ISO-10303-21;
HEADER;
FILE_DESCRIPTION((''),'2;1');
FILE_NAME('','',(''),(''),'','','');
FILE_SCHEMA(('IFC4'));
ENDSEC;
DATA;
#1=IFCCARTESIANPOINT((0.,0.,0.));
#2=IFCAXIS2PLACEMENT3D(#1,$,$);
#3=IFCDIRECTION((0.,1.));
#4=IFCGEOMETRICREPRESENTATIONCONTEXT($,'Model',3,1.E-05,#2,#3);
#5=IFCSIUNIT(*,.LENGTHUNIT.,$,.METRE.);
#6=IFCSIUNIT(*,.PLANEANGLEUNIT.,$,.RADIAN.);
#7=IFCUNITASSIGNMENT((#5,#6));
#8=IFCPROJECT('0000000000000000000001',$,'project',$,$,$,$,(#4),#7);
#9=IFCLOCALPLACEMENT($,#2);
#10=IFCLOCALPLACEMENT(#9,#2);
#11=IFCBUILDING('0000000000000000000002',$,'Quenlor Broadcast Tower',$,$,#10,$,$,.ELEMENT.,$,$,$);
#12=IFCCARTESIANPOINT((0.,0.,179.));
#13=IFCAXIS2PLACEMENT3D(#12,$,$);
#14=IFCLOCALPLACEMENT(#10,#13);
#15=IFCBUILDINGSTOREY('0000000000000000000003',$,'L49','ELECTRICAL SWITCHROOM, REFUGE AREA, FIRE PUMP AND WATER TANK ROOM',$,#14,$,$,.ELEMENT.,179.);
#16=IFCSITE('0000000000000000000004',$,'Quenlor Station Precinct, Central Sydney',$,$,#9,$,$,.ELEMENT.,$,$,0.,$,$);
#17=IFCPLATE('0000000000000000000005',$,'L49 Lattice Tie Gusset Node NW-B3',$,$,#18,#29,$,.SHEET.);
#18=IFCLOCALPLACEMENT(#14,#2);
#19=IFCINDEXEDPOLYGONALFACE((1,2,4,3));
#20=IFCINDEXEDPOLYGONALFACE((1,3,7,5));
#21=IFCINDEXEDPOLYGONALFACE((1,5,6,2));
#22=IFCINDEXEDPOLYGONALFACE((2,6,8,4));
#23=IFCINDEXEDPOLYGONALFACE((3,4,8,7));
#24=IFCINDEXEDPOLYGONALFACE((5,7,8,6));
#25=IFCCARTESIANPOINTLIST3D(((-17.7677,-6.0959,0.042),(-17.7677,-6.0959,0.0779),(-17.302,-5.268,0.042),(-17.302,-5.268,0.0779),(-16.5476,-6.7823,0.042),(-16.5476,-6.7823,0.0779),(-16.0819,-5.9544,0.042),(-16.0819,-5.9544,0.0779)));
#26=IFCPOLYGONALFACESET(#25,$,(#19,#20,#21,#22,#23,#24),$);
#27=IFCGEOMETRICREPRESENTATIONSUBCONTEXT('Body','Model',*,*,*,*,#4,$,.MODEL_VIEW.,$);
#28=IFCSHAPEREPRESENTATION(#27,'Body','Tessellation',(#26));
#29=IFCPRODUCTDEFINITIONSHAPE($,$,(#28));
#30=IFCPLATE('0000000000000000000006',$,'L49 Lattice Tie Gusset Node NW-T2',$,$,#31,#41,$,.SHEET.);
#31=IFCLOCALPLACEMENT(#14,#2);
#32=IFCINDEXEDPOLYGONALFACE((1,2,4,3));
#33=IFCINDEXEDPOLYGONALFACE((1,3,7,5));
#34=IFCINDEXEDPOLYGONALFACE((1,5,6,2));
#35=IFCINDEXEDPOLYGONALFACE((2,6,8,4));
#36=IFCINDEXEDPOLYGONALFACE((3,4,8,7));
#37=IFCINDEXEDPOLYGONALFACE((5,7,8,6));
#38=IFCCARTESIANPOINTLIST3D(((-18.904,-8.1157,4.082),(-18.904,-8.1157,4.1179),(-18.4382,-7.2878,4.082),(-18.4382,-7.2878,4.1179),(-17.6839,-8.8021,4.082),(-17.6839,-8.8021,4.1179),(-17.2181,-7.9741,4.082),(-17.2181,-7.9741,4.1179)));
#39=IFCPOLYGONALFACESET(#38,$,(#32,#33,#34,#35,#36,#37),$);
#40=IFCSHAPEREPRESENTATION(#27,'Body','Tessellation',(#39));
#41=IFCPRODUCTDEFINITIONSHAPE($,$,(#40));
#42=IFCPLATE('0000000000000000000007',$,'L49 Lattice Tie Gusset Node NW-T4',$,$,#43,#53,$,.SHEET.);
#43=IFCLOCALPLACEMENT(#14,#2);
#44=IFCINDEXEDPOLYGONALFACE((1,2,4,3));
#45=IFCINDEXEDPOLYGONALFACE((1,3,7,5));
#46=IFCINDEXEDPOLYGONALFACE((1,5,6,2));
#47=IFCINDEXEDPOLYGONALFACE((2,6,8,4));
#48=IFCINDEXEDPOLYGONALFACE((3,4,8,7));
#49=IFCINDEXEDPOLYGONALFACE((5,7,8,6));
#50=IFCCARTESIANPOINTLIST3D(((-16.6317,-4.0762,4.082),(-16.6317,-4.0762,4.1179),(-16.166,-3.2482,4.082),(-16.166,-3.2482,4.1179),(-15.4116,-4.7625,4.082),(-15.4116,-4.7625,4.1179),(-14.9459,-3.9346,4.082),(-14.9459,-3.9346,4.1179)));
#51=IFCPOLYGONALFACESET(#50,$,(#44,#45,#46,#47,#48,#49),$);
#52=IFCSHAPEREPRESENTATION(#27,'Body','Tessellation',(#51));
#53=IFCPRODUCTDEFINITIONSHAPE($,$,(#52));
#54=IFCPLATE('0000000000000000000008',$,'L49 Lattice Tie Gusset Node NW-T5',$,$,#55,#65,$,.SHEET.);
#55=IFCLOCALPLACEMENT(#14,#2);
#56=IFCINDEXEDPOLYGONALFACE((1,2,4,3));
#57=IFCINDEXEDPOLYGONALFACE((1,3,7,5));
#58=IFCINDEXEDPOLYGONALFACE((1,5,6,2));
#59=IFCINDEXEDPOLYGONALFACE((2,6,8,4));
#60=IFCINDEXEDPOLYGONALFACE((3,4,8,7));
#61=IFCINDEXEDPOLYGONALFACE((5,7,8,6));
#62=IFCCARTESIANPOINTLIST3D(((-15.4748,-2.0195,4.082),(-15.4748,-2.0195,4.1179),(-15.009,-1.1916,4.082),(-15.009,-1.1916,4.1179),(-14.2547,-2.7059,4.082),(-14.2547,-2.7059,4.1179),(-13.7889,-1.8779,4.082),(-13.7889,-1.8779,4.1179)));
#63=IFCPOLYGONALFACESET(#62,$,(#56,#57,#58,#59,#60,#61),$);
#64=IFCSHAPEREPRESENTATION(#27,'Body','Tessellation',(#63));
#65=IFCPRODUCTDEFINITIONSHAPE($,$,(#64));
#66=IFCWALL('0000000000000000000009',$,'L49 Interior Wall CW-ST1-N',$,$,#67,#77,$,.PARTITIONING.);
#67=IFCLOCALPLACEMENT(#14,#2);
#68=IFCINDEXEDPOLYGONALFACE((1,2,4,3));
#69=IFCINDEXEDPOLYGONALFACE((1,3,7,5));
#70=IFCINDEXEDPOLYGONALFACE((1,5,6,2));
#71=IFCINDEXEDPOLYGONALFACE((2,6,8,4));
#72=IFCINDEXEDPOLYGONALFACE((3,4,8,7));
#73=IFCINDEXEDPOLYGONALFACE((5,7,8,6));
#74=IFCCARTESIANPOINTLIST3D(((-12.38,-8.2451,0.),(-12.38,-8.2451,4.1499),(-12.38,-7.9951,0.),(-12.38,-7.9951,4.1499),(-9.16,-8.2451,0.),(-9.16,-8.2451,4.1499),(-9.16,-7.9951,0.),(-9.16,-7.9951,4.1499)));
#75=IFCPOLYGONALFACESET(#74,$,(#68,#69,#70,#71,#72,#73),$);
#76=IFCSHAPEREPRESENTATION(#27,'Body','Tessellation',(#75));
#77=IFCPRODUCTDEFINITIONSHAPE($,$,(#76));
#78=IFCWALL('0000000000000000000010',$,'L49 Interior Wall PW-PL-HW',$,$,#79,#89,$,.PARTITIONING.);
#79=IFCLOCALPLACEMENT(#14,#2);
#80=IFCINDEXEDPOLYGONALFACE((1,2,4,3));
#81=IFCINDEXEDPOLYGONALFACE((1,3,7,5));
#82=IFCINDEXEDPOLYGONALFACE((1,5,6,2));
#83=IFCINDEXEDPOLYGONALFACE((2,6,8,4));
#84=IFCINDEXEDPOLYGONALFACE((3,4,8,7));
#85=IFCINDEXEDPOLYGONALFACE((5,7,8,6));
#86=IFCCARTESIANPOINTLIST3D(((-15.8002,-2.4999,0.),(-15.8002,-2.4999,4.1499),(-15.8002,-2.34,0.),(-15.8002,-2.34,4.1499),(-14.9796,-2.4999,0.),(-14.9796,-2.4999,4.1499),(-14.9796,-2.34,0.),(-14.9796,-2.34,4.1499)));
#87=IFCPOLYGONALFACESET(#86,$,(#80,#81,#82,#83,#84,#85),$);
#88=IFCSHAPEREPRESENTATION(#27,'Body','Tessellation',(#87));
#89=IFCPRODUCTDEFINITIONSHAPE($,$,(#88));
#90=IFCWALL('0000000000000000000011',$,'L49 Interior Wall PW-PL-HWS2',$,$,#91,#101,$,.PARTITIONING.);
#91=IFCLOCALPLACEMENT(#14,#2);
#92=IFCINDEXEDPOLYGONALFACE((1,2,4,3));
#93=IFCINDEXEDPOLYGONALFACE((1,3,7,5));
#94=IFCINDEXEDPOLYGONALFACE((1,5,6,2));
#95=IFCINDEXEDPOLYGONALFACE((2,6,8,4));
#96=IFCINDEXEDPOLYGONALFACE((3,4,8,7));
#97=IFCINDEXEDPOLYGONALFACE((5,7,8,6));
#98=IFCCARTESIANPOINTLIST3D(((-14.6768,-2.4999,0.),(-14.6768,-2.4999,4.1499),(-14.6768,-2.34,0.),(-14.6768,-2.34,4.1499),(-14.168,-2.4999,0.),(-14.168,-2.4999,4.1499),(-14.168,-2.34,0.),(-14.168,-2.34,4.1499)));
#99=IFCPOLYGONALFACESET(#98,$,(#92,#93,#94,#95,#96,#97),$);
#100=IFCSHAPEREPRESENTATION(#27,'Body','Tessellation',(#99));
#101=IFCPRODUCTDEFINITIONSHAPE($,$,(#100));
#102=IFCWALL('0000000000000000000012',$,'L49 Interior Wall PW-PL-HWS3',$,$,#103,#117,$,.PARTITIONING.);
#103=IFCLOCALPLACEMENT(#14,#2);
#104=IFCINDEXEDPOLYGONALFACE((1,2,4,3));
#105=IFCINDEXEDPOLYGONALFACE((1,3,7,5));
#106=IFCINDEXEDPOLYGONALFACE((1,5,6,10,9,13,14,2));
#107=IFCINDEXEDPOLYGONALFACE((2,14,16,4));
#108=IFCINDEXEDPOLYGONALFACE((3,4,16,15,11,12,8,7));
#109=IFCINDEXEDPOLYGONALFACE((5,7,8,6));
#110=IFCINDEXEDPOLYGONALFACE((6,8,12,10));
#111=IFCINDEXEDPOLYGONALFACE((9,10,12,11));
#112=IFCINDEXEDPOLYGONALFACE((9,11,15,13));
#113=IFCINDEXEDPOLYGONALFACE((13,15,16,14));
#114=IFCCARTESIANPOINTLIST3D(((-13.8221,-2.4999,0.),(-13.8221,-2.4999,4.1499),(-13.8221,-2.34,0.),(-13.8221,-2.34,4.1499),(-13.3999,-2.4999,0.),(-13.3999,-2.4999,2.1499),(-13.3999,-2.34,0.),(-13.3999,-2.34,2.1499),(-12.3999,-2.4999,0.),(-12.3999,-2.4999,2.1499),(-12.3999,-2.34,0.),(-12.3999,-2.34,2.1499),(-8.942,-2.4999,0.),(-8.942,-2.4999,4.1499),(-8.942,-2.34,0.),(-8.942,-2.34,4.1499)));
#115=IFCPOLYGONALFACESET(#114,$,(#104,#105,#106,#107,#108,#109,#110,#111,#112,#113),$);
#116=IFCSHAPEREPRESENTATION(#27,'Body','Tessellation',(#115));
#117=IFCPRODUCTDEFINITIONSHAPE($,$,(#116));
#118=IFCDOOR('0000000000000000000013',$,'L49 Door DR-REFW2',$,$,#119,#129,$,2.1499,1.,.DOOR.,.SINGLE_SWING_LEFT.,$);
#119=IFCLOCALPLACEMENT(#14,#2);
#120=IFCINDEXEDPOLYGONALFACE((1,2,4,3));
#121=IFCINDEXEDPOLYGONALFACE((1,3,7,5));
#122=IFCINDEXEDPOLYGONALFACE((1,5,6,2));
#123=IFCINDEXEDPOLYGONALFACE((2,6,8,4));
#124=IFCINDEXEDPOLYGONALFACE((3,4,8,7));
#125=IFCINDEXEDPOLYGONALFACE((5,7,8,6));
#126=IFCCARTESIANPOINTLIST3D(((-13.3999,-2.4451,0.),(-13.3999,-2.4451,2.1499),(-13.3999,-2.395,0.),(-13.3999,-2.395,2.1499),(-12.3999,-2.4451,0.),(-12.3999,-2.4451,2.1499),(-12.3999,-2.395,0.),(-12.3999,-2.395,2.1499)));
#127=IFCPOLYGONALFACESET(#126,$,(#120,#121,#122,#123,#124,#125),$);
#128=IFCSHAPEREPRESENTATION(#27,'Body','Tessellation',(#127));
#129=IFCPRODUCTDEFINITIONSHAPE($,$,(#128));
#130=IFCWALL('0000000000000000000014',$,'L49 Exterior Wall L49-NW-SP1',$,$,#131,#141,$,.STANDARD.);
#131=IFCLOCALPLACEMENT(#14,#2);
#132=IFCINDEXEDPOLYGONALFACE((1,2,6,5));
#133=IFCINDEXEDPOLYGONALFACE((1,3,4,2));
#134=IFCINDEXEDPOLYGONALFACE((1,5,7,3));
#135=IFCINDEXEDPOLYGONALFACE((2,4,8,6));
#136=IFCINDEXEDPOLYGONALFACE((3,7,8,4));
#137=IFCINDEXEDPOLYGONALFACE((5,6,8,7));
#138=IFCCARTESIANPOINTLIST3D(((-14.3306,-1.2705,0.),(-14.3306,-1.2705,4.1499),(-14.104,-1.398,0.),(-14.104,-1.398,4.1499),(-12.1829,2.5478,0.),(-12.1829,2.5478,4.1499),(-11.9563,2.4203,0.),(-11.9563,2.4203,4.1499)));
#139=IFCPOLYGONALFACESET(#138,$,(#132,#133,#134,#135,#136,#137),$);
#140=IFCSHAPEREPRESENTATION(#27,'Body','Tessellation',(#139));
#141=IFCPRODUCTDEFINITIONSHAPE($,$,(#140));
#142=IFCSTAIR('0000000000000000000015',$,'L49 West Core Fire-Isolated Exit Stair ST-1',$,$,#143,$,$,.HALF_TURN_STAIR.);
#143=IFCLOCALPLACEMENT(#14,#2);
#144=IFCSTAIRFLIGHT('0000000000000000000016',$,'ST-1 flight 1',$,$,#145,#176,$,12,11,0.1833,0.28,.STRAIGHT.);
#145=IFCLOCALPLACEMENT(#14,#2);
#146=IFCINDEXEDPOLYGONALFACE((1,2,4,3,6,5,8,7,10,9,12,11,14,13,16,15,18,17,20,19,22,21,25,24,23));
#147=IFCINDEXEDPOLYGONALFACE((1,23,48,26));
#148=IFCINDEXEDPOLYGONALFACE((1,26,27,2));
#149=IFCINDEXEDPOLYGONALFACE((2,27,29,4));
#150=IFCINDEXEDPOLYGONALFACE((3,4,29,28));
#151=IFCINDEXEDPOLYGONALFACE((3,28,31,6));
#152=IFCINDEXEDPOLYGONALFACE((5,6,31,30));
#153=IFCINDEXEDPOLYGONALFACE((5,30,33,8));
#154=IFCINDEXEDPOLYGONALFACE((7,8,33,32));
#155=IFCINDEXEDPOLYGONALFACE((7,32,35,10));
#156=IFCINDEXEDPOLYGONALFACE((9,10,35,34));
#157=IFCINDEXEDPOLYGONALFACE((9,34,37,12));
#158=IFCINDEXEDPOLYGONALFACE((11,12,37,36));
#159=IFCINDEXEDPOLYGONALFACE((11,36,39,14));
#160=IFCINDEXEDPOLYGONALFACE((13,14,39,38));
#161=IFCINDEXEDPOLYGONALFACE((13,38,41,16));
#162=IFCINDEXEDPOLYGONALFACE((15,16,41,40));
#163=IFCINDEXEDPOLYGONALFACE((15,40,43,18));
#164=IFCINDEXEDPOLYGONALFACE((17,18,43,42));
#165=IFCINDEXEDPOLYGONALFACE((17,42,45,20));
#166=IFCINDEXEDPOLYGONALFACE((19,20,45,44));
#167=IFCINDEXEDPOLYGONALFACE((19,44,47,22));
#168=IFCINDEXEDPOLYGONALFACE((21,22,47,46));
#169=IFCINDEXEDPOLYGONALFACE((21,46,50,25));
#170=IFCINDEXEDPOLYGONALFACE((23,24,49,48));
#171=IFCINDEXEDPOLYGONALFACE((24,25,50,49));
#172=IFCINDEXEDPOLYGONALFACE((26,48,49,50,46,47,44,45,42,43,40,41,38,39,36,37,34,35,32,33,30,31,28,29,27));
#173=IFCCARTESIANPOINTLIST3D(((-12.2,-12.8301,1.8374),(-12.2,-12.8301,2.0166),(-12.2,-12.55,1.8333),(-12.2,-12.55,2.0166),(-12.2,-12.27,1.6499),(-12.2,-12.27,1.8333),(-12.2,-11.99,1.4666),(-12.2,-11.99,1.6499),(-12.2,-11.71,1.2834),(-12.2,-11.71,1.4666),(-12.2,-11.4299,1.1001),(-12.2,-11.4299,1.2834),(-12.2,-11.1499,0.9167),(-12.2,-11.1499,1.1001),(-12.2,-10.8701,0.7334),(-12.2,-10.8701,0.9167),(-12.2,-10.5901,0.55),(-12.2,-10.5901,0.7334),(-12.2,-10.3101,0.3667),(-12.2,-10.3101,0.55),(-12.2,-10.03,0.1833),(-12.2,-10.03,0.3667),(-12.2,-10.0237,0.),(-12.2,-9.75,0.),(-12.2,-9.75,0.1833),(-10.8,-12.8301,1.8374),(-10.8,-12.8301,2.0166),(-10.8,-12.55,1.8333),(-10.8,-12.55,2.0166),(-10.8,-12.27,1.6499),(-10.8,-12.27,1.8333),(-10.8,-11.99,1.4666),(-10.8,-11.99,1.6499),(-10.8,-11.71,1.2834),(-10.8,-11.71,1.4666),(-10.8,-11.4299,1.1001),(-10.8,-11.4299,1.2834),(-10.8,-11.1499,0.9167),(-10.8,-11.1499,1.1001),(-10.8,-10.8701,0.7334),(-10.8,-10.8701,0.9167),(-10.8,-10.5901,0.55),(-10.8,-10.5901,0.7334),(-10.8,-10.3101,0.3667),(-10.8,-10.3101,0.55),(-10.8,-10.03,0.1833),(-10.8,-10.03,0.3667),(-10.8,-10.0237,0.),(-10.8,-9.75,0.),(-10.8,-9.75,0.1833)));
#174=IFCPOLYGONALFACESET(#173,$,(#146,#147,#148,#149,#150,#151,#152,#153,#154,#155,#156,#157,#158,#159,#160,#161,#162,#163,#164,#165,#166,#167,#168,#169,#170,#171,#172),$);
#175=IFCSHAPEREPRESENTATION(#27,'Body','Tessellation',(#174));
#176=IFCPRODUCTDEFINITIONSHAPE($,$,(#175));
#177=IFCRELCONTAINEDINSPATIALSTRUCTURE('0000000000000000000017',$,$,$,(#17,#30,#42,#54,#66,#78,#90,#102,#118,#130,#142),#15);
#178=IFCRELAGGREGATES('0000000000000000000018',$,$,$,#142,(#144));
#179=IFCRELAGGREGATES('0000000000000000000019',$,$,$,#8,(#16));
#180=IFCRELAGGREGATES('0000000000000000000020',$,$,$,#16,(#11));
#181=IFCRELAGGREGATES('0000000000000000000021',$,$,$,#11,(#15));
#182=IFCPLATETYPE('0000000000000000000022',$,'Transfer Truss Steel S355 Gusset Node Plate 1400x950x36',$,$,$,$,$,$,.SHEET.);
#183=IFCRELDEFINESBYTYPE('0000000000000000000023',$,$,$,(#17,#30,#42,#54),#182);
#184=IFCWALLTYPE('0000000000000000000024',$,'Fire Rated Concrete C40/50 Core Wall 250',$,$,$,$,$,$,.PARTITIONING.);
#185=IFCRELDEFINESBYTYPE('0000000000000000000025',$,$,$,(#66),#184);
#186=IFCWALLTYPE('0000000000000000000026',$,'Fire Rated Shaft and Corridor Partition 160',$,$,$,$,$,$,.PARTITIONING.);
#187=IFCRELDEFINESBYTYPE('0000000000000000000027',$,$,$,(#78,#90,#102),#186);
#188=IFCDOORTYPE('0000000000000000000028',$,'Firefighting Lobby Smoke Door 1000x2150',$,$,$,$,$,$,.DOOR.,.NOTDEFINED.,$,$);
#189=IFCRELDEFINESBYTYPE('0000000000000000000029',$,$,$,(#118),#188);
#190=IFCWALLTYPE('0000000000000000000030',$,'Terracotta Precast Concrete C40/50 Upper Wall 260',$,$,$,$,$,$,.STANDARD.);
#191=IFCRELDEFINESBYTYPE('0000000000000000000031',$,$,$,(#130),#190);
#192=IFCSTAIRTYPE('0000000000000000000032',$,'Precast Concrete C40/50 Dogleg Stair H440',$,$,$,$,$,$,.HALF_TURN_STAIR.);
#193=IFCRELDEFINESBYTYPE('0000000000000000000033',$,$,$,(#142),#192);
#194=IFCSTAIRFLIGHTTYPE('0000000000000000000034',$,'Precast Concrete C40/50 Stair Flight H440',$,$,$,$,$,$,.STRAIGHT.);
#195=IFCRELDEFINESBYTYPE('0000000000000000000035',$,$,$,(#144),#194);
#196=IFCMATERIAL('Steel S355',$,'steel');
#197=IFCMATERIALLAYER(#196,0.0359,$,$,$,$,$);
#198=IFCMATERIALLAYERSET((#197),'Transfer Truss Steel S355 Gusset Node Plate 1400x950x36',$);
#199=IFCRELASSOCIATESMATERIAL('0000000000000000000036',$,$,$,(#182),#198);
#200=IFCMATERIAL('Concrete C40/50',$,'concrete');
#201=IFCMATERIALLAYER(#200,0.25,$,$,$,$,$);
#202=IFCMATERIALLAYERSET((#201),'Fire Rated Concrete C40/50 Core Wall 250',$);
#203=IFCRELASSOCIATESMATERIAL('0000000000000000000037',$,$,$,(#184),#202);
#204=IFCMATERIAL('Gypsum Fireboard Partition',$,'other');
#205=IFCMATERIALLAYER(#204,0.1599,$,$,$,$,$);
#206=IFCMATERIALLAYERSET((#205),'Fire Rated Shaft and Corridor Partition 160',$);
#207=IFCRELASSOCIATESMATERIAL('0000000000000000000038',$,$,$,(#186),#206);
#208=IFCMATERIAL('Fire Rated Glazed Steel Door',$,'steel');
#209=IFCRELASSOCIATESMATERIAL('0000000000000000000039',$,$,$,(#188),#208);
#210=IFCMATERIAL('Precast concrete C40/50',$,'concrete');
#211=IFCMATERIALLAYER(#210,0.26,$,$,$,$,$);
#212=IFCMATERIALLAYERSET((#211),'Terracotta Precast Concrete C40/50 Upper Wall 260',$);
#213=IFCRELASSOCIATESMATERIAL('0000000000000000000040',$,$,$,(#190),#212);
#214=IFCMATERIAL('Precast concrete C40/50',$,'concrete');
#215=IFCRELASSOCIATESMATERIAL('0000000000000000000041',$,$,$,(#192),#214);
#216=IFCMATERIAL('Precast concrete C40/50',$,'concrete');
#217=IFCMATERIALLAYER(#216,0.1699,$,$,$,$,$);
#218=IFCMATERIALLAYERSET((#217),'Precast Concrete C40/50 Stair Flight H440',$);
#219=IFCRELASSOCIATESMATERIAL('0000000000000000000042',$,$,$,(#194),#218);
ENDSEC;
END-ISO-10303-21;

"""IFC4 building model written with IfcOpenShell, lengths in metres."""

from ifc_helpers import new_model, si_unit, direction, frame, frame_2d, origin, origin_2d, place, context, subcontext, project, spatial, polyline, rectangle, outline, extrude, material, layer, layer_set, type_object, element, fill, aggregate, save


model = new_model("IFC4")

# Units and contexts
model_context = context("Model", 3, precision=1e-05, world=origin(), true_north=direction((0.0, 1.0)))
body_context = subcontext(model_context, "Body", "Model", "MODEL_VIEW")
ifc_project = project(units=[si_unit("LENGTHUNIT", "METRE"), si_unit("PLANEANGLEUNIT", "RADIAN")], contexts=[model_context])

# Site, building, storey
site_placement = place(None, origin())
site = spatial("IfcSite", under=ifc_project, at=site_placement, Name="Quenlor Station Precinct, Central Sydney", CompositionType="ELEMENT", RefElevation=0.0)
building_placement = place(site_placement, origin())
building = spatial("IfcBuilding", under=site, at=building_placement, Name="Quenlor Broadcast Tower", CompositionType="ELEMENT")
storey_placement = place(building_placement, frame((0.0, 0.0, 179.0)))
storey = spatial("IfcBuildingStorey", under=building, at=storey_placement, Name="L49", Description="ELECTRICAL SWITCHROOM, REFUGE AREA, FIRE PUMP AND WATER TANK ROOM", CompositionType="ELEMENT", Elevation=179.0)

# Plates
ifc_material_1 = material(Name="Steel S355", Category="steel")
ifc_layer_1 = layer(ifc_material_1, 0.0359)
ifc_layer_set_1 = layer_set([ifc_layer_1], Name="Transfer Truss Steel S355 Gusset Node Plate 1400x950x36")
plate_type = type_object("IfcPlateType", Name="Transfer Truss Steel S355 Gusset Node Plate 1400x950x36", PredefinedType="SHEET", material=ifc_layer_set_1)
for number, where, z_axis, x_axis, name in (
    (1, (-16.9248, -6.0251, 0.042), (0.0, 0.0, 1.0), (-0.871556, 0.490295, 0.0), "L49 Lattice Tie Gusset Node NW-B3"),
    (2, (-18.061, -8.0449, 4.082), (0.0, 0.0, 1.0), (-0.871556, 0.490295, 0.0), "L49 Lattice Tie Gusset Node NW-T2"),
    (3, (-15.7888, -4.0054, 4.082), (0.0, 0.0, 1.0), (-0.871556, 0.490295, 0.0), "L49 Lattice Tie Gusset Node NW-T4"),
    (4, (-14.6318, -1.9487, 4.082), (0.0, 0.0, 1.0), (-0.871556, 0.490295, 0.0), "L49 Lattice Tie Gusset Node NW-T5"),
):
    element("IfcPlate", number, at=place(storey_placement, frame(where, z_axis=z_axis, x_axis=x_axis)), inside=storey, type_object=plate_type, Name=name, PredefinedType="SHEET", context=body_context, shape_type="SweptSolid", body=[
        extrude(rectangle(XDim=1.3999, YDim=0.95, at=origin_2d()), origin(), (0.0, 0.0, 1.0), 0.0359),
    ])

# Wall
ifc_material_2 = material(Name="Concrete C40/50", Category="concrete")
ifc_layer_2 = layer(ifc_material_2, 0.25)
ifc_layer_set_2 = layer_set([ifc_layer_2], Name="Fire Rated Concrete C40/50 Core Wall 250")
wall_type_1 = type_object("IfcWallType", Name="Fire Rated Concrete C40/50 Core Wall 250", PredefinedType="PARTITIONING", material=ifc_layer_set_2)
wall_1_placement = place(storey_placement, frame((-12.3799, -8.1201, 0.0), z_axis=(0.0, 0.0, 1.0), x_axis=(1.0, 0.0, 0.0)))
element("IfcWall", 5, at=wall_1_placement, inside=storey, type_object=wall_type_1, Name="L49 Interior Wall CW-ST1-N", PredefinedType="PARTITIONING", context=body_context, shape_type="SweptSolid", body=[
    extrude(rectangle(XDim=3.22, YDim=0.25, at=frame_2d((1.6099, 0.0))), origin(), (0.0, 0.0, 1.0), 4.1499),
])

# Walls
ifc_material_3 = material(Name="Gypsum Fireboard Partition", Category="other")
ifc_layer_3 = layer(ifc_material_3, 0.1599)
ifc_layer_set_3 = layer_set([ifc_layer_3], Name="Fire Rated Shaft and Corridor Partition 160")
wall_type_2 = type_object("IfcWallType", Name="Fire Rated Shaft and Corridor Partition 160", PredefinedType="PARTITIONING", material=ifc_layer_set_3)
wall_2_placement = place(storey_placement, frame((-15.8, -2.4199, 0.0), z_axis=(0.0, 0.0, 1.0), x_axis=(1.0, 0.0, 0.0)))
element("IfcWall", 6, at=wall_2_placement, inside=storey, type_object=wall_type_2, Name="L49 Interior Wall PW-PL-HW", PredefinedType="PARTITIONING", context=body_context, shape_type="SweptSolid", body=[
    extrude(rectangle(XDim=0.8206, YDim=0.1599, at=frame_2d((0.4102, 0.0))), origin(), (0.0, 0.0, 1.0), 4.1499),
])
wall_3_placement = place(storey_placement, frame((-14.6768, -2.4199, 0.0), z_axis=(0.0, 0.0, 1.0), x_axis=(1.0, 0.0, 0.0)))
element("IfcWall", 7, at=wall_3_placement, inside=storey, type_object=wall_type_2, Name="L49 Interior Wall PW-PL-HWS2", PredefinedType="PARTITIONING", context=body_context, shape_type="SweptSolid", body=[
    extrude(rectangle(XDim=0.5088, YDim=0.1599, at=frame_2d((0.2544, 0.0))), origin(), (0.0, 0.0, 1.0), 4.1499),
])

# Wall, opening, door
wall_4_placement = place(storey_placement, frame((-13.822, -2.4199, 0.0), z_axis=(0.0, 0.0, 1.0), x_axis=(1.0, 0.0, 0.0)))
wall_4 = element("IfcWall", 8, at=wall_4_placement, inside=storey, type_object=wall_type_2, Name="L49 Interior Wall PW-PL-HWS3", PredefinedType="PARTITIONING", context=body_context, shape_type="SweptSolid", body=[
    extrude(rectangle(XDim=4.8801, YDim=0.1599, at=frame_2d((2.4399, 0.0))), origin(), (0.0, 0.0, 1.0), 4.1499),
])
opening_1_placement = place(wall_4_placement, frame((0.4221, 0.0, 0.0)))
opening_1 = element("IfcOpeningElement", 9, at=opening_1_placement, cuts=wall_4, PredefinedType="OPENING", context=body_context, shape_type="SweptSolid", body=[
    extrude(rectangle(XDim=1.0, YDim=2.1499, at=frame_2d((0.5, 1.075))), frame((0.0, 0.0898, 0.0), z_axis=(0.0, -1.0, 0.0), x_axis=(1.0, 0.0, 0.0)), (0.0, 0.0, 1.0), 0.1799),
])
ifc_material_4 = material(Name="Fire Rated Glazed Steel Door", Category="steel")
door_type_1 = type_object("IfcDoorType", Name="Firefighting Lobby Smoke Door 1000x2150", OperationType="NOTDEFINED", PredefinedType="DOOR", material=ifc_material_4)
door_1_placement = place(opening_1_placement, origin())
door_1 = element("IfcDoor", 10, at=door_1_placement, inside=storey, type_object=door_type_1, Name="L49 Door DR-REFW2", OperationType="SINGLE_SWING_LEFT", OverallHeight=2.1499, OverallWidth=1.0, PredefinedType="DOOR", context=body_context, shape_type="SweptSolid", body=[
    extrude(rectangle(XDim=1.0, YDim=2.1499, at=frame_2d((0.5, 1.075))), frame((0.0, 0.0249, 0.0), z_axis=(0.0, -1.0, 0.0), x_axis=(1.0, 0.0, 0.0)), (0.0, 0.0, 1.0), 0.05),
])
fill(opening_1, door_1)

# Wall
ifc_material_5 = material(Name="Precast concrete C40/50", Category="concrete")
ifc_layer_4 = layer(ifc_material_5, 0.26)
ifc_layer_set_4 = layer_set([ifc_layer_4], Name="Terracotta Precast Concrete C40/50 Upper Wall 260")
wall_type_3 = type_object("IfcWallType", Name="Terracotta Precast Concrete C40/50 Upper Wall 260", PredefinedType="STANDARD", material=ifc_layer_set_4)
wall_5_placement = place(storey_placement, frame((-14.2173, -1.3342, 0.0), z_axis=(0.0, 0.0, 1.0), x_axis=(0.49024, 0.871587, 0.0)))
element("IfcWall", 11, at=wall_5_placement, inside=storey, type_object=wall_type_3, Name="L49 Exterior Wall L49-NW-SP1", PredefinedType="STANDARD", context=body_context, shape_type="SweptSolid", body=[
    extrude(rectangle(XDim=4.3809, YDim=0.26, at=frame_2d((2.1904, 0.0))), origin(), (0.0, 0.0, 1.0), 4.1499),
])

# Stair, stair flight
ifc_material_6 = material(Name="Precast concrete C40/50", Category="concrete")
stair_type = type_object("IfcStairType", Name="Precast Concrete C40/50 Dogleg Stair H440", PredefinedType="HALF_TURN_STAIR", material=ifc_material_6)
stair_placement = place(storey_placement, origin())
stair = element("IfcStair", 12, at=stair_placement, inside=storey, type_object=stair_type, Name="L49 West Core Fire-Isolated Exit Stair ST-1", PredefinedType="HALF_TURN_STAIR")
ifc_material_7 = material(Name="Precast concrete C40/50", Category="concrete")
ifc_layer_5 = layer(ifc_material_7, 0.1699)
ifc_layer_set_5 = layer_set([ifc_layer_5], Name="Precast Concrete C40/50 Stair Flight H440")
stair_flight_type = type_object("IfcStairFlightType", Name="Precast Concrete C40/50 Stair Flight H440", PredefinedType="STRAIGHT", material=ifc_layer_set_5)
stair_flight_placement = place(storey_placement, frame((-11.5, -9.75, 0.0), z_axis=(0.0, 0.0, 1.0), x_axis=(0.0, -1.0, 0.0)))
stair_flight = element("IfcStairFlight", 13, at=stair_flight_placement, type_object=stair_flight_type, Name="ST-1 flight 1", NumberOfRisers=12, NumberOfTreads=11, PredefinedType="STRAIGHT", RiserHeight=0.1833, TreadLength=0.28, context=body_context, shape_type="SweptSolid", body=[
    extrude(outline(polyline([(0.0, 0.0), (0.0, 0.1833), (0.28, 0.1833), (0.28, 0.3667), (0.5601, 0.3667), (0.5601, 0.55), (0.8401, 0.55), (0.8401, 0.7334), (1.1201, 0.7334), (1.1201, 0.9167), (1.3999, 0.9167), (1.3999, 1.1001), (1.6799, 1.1001), (1.6799, 1.2834), (1.96, 1.2834), (1.96, 1.4666), (2.24, 1.4666), (2.24, 1.6499), (2.52, 1.6499), (2.52, 1.8333), (2.8, 1.8333), (2.8, 2.0166), (3.0801, 2.0166), (3.0801, 2.2), (3.0801, 1.8374), (0.2737, 0.0), (0.0, 0.0)])), frame((0.0, 0.7, 0.0), z_axis=(0.0, -1.0, 0.0), x_axis=(1.0, 0.0, 0.0)), (0.0, 0.0, 1.0), 1.3999),
])
aggregate(stair, [stair_flight])

save(model, "model.ifc")
